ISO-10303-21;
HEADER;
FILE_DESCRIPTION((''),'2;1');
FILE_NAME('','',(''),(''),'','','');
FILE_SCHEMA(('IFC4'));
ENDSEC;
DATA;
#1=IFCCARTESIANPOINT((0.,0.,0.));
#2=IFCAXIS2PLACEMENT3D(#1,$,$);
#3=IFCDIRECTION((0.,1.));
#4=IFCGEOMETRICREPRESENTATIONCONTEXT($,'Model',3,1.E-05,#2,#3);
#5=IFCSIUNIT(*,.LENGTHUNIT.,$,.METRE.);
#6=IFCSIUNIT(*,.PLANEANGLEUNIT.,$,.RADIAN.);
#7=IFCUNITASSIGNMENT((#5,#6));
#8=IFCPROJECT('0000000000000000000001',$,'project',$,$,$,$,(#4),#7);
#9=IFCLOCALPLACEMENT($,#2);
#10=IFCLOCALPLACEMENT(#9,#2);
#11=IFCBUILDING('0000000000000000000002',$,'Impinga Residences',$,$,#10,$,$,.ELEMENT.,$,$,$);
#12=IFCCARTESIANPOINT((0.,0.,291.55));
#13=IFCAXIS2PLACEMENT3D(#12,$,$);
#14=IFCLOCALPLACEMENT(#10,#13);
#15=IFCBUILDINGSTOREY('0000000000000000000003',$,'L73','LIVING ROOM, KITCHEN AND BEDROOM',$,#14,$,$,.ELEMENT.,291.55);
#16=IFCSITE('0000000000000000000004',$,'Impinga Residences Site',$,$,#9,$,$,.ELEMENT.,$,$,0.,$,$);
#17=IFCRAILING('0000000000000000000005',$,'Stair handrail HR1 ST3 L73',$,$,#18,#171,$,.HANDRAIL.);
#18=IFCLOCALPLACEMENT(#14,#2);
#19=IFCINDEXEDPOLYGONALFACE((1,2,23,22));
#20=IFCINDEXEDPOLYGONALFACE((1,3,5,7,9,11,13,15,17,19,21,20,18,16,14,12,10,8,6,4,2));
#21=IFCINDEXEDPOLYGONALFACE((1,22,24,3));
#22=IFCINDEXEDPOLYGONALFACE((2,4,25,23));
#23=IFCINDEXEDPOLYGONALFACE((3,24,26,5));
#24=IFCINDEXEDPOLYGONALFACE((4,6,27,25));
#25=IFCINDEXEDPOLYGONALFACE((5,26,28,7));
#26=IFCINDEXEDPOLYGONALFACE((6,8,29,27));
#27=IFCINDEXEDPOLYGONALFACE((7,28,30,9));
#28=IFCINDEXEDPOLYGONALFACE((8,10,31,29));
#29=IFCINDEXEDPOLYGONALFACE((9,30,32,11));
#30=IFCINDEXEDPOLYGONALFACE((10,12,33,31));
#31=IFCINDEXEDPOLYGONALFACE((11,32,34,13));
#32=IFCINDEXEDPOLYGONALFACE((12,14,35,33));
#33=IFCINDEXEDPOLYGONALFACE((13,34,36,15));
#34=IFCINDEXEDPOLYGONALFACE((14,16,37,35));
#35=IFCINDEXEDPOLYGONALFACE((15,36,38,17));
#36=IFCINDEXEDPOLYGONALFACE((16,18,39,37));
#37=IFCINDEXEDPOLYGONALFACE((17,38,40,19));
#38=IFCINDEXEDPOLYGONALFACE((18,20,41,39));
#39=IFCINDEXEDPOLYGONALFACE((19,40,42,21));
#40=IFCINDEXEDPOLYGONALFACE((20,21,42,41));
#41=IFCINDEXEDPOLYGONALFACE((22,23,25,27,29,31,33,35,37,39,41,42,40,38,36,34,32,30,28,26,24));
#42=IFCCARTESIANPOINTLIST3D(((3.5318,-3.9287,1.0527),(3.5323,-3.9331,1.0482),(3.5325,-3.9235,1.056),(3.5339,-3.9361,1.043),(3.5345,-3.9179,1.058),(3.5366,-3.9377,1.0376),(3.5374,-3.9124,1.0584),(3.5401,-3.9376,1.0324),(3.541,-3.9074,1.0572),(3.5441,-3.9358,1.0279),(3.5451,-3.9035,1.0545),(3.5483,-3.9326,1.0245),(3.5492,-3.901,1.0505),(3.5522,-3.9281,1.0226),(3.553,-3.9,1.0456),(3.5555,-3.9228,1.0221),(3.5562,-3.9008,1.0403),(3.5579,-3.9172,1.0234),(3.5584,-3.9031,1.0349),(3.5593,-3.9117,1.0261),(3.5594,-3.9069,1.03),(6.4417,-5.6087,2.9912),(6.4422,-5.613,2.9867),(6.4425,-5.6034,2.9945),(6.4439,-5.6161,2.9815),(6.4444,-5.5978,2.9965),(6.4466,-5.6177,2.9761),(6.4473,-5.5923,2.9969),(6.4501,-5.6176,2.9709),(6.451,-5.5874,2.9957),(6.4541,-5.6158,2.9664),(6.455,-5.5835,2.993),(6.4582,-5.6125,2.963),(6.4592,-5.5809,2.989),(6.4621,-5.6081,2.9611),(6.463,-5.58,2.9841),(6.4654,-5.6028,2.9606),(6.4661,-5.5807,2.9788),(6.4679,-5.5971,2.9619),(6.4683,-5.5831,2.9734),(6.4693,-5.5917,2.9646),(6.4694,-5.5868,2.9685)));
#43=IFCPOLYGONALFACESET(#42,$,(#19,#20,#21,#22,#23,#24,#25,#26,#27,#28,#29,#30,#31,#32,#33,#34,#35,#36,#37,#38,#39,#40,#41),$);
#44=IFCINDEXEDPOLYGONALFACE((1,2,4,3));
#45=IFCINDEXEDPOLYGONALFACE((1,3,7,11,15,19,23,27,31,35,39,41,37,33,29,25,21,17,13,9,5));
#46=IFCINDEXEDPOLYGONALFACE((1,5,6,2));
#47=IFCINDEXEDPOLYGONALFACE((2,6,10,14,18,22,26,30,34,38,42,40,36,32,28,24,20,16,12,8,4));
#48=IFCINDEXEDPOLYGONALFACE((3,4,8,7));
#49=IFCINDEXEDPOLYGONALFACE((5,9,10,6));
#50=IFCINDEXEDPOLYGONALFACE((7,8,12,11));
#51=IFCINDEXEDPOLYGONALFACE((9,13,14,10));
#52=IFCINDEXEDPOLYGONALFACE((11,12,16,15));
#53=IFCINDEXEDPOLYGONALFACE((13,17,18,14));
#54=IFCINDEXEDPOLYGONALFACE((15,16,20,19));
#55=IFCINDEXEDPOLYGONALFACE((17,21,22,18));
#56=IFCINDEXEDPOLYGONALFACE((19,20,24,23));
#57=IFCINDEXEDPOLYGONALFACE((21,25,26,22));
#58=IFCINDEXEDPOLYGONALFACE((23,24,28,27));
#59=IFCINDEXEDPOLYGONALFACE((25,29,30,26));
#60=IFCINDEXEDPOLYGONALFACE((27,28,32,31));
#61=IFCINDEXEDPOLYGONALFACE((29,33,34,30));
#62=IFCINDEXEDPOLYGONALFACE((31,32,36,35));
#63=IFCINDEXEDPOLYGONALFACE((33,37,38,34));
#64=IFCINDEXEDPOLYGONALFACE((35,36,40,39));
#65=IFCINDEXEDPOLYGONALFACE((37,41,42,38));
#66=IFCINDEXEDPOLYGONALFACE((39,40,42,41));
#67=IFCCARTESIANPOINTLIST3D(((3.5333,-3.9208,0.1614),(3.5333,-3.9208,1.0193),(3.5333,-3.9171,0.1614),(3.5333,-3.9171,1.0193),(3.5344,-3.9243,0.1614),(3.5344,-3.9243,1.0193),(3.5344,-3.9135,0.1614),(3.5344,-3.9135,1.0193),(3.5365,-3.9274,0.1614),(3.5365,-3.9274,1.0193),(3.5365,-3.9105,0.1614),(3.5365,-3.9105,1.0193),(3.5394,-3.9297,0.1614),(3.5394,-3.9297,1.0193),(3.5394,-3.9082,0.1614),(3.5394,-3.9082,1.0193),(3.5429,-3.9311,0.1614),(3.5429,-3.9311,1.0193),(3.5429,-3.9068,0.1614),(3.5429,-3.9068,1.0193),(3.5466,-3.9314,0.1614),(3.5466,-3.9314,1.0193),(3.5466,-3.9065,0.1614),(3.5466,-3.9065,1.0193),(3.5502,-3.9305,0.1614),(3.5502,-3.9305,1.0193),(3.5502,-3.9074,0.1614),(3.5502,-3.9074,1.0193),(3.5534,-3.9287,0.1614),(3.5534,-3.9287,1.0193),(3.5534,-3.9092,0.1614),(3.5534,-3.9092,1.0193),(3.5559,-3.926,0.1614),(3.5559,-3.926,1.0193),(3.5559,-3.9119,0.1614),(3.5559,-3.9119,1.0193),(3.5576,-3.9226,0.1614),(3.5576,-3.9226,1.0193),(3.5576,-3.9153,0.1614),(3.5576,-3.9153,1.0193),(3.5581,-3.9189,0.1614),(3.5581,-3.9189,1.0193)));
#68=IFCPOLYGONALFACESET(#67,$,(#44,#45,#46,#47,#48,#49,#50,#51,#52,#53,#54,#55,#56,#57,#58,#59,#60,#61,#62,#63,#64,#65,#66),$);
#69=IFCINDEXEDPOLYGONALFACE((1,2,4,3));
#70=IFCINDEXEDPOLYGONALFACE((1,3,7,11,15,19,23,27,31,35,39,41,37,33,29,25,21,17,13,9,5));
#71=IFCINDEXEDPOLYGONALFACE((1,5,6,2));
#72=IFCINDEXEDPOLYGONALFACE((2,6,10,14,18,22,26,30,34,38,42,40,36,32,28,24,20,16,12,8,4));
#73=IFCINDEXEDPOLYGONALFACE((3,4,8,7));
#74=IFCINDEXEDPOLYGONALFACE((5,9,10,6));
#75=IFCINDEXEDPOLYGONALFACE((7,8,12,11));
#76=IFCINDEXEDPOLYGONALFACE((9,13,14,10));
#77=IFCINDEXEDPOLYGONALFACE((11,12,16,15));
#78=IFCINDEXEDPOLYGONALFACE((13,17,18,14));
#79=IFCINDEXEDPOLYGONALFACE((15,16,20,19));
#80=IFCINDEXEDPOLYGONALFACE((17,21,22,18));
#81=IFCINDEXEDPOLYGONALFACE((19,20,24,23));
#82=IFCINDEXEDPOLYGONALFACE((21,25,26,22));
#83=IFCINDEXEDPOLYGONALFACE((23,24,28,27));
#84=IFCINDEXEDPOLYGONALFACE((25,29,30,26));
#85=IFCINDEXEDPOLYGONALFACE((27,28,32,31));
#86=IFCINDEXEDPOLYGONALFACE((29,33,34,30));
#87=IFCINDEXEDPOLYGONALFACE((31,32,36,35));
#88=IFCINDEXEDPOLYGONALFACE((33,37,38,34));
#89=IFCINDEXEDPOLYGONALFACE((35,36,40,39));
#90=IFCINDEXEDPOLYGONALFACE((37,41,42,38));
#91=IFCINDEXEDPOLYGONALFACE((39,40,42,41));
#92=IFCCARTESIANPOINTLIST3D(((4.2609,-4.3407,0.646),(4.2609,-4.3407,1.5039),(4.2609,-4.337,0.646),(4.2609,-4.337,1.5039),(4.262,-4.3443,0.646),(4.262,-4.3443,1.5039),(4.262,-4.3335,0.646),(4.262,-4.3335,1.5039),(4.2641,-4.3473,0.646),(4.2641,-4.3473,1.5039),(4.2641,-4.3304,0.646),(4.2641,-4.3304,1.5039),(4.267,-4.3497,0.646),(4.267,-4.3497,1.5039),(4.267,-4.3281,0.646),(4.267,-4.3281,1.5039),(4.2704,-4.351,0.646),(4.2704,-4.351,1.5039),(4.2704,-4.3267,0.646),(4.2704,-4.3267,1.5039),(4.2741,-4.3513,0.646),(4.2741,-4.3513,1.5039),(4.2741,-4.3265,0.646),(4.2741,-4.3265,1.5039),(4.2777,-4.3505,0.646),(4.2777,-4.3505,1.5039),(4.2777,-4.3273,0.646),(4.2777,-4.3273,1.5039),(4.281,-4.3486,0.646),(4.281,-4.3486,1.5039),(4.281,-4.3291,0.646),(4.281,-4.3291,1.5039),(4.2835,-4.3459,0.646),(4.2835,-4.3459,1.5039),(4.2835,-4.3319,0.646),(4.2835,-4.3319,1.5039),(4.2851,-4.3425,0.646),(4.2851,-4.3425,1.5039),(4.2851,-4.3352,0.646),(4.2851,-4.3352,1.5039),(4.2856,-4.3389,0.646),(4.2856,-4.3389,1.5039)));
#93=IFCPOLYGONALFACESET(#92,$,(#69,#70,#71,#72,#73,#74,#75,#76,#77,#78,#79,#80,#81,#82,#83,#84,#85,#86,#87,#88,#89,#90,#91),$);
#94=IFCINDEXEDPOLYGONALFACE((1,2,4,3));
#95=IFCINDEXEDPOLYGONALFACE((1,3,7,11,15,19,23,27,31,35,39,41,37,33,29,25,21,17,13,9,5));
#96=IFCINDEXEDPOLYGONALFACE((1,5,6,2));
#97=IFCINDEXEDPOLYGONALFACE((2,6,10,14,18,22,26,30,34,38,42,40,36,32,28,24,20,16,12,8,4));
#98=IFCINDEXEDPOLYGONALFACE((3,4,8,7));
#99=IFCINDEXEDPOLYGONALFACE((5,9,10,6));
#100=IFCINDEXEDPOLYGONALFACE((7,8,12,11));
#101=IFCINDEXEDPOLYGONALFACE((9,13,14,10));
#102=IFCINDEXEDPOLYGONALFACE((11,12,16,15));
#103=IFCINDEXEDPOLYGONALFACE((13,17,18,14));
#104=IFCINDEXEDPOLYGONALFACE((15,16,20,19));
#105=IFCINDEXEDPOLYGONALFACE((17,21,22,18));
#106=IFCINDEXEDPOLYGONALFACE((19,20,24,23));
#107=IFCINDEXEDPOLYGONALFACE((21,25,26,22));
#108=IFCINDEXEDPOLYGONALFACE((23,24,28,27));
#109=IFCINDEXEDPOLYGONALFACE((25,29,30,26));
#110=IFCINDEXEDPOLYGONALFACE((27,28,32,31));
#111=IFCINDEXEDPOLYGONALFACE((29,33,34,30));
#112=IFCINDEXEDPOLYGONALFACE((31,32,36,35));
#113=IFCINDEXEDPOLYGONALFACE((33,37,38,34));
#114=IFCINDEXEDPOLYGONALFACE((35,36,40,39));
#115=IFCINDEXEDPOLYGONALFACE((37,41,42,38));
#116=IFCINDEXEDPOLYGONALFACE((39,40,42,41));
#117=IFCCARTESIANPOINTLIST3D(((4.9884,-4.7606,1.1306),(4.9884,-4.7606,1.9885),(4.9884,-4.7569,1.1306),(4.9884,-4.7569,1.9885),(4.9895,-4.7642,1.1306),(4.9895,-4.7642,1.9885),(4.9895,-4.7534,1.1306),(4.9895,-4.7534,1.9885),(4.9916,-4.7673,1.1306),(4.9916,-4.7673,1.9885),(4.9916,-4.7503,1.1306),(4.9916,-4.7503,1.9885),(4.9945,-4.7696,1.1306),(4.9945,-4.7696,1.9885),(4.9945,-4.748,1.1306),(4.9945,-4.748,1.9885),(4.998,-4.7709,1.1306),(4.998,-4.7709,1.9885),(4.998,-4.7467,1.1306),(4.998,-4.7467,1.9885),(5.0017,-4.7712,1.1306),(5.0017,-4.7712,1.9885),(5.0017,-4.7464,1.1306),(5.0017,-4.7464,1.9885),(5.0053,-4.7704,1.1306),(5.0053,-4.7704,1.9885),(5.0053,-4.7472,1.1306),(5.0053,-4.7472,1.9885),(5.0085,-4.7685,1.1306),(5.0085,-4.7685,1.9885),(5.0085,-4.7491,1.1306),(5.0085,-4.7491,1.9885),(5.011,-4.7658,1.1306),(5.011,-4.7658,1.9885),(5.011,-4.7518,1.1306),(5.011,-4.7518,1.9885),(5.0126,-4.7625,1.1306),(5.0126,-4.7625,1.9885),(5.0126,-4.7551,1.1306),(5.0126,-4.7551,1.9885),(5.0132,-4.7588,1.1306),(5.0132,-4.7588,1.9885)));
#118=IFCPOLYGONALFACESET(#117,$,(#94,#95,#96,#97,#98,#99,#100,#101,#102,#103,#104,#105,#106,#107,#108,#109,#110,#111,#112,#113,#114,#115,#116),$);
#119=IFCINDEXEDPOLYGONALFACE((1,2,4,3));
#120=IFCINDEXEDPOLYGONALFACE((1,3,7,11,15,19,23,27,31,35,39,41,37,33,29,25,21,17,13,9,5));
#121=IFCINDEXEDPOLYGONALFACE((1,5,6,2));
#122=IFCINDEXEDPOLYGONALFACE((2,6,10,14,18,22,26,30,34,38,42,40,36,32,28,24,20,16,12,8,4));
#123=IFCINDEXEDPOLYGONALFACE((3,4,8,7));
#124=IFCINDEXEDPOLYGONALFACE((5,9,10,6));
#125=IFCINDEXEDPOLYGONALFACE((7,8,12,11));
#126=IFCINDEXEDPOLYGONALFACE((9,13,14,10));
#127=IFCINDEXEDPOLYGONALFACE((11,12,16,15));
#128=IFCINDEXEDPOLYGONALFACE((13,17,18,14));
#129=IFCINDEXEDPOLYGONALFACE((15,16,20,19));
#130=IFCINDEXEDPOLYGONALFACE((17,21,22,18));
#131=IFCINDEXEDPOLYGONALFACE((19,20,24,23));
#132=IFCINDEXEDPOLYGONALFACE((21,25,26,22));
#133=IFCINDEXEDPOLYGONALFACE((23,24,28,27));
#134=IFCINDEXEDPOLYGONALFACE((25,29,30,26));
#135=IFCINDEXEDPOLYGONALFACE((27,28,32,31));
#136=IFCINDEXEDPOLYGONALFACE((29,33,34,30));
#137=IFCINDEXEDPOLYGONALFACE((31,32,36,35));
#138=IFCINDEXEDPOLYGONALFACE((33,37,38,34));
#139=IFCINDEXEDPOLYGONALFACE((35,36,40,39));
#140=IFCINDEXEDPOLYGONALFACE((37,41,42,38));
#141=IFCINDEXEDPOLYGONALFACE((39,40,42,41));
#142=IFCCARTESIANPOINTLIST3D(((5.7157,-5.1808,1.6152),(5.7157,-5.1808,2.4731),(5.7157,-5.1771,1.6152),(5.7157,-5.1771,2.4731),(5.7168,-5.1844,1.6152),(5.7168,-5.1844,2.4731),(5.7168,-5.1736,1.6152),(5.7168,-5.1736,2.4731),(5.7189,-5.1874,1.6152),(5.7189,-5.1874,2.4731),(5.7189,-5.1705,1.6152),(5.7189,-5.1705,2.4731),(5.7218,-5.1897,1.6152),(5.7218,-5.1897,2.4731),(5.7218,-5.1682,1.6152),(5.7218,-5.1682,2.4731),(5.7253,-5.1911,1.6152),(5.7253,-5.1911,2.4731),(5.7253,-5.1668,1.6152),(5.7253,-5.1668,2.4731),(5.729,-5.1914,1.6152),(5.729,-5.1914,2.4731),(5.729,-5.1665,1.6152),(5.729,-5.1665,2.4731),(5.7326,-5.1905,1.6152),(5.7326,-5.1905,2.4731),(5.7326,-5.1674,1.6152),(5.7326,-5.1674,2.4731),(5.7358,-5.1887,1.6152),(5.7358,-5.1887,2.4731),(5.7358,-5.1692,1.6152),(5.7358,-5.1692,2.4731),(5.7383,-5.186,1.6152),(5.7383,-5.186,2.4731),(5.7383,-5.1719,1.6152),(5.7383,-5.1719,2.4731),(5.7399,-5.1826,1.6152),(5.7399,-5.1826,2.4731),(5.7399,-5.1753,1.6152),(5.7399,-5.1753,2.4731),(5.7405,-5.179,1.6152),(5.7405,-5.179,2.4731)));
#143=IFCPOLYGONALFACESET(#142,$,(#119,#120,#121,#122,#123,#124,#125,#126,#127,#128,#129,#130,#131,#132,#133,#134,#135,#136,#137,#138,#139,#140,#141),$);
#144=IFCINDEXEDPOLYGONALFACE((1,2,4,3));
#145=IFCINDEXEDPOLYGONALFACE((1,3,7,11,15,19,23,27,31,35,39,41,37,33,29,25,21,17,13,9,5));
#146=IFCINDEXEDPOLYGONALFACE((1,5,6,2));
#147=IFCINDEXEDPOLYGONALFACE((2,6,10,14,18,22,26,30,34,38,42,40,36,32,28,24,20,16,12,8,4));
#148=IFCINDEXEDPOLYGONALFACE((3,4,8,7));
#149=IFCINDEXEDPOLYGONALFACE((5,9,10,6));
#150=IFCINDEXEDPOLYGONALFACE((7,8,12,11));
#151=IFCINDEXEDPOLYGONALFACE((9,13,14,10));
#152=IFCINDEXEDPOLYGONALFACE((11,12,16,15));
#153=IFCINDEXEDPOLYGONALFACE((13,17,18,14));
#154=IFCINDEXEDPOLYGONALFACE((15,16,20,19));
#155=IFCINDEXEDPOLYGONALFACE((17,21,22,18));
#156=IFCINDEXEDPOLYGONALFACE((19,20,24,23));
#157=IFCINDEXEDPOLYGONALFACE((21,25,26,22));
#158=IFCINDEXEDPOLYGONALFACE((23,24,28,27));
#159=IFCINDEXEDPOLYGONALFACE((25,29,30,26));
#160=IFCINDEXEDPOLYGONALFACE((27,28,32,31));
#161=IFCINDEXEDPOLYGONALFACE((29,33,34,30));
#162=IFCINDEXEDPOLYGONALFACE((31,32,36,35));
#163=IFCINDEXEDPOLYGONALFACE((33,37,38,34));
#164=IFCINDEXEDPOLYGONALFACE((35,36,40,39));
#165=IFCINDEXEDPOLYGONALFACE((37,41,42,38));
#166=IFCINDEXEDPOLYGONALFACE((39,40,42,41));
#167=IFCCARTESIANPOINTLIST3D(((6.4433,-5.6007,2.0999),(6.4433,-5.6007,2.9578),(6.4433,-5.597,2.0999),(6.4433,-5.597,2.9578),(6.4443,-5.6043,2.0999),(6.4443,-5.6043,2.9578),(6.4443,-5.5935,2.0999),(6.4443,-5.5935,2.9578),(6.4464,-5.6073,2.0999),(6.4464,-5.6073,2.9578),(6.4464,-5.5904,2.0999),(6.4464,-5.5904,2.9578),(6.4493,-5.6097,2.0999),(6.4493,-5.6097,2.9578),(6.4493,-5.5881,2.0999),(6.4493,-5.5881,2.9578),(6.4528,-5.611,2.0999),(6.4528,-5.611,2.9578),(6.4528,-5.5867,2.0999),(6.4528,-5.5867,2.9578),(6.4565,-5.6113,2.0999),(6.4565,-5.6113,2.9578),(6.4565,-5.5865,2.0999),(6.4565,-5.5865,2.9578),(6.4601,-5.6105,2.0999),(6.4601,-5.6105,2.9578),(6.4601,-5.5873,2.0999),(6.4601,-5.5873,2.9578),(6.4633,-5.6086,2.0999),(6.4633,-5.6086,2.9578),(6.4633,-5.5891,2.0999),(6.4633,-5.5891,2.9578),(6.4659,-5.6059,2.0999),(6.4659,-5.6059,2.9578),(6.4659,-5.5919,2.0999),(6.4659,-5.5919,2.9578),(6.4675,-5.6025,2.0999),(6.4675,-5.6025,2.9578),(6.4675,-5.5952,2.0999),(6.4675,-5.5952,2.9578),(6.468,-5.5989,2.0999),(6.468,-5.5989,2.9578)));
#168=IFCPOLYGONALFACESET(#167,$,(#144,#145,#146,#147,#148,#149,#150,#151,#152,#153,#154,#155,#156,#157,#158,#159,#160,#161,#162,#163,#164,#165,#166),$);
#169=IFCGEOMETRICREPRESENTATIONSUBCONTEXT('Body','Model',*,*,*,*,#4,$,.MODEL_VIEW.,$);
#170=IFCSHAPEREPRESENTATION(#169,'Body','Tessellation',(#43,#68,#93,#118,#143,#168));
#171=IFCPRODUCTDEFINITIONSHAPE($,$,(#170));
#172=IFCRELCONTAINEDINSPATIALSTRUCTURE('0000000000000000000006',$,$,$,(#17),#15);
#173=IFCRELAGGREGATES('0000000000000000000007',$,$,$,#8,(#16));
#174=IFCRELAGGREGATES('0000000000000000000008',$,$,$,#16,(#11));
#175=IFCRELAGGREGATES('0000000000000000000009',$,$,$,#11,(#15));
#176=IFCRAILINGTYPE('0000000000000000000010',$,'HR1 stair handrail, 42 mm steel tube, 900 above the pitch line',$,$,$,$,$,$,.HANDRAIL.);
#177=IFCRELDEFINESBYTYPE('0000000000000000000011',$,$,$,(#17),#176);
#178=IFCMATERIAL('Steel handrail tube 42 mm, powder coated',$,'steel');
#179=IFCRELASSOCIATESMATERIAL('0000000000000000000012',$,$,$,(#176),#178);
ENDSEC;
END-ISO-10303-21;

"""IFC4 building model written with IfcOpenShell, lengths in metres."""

from ifc_helpers import new_model, si_unit, direction, frame, origin, origin_2d, place, context, subcontext, project, spatial, circle, extrude, material, type_object, element, save


model = new_model("IFC4")

# Units and contexts
model_context = context("Model", 3, precision=1e-05, world=origin(), true_north=direction((0.0, 1.0)))
body_context = subcontext(model_context, "Body", "Model", "MODEL_VIEW")
ifc_project = project(units=[si_unit("LENGTHUNIT", "METRE"), si_unit("PLANEANGLEUNIT", "RADIAN")], contexts=[model_context])

# Site, building, storey
site_placement = place(None, origin())
site = spatial("IfcSite", under=ifc_project, at=site_placement, Name="Impinga Residences Site", CompositionType="ELEMENT", RefElevation=0.0)
building_placement = place(site_placement, origin())
building = spatial("IfcBuilding", under=site, at=building_placement, Name="Impinga Residences", CompositionType="ELEMENT")
storey_placement = place(building_placement, frame((0.0, 0.0, 291.55)))
storey = spatial("IfcBuildingStorey", under=building, at=storey_placement, Name="L73", Description="LIVING ROOM, KITCHEN AND BEDROOM", CompositionType="ELEMENT", Elevation=291.55)

# Railing
ifc_material_1 = material(Name="Steel handrail tube 42 mm, powder coated", Category="steel")
railing_type = type_object("IfcRailingType", Name="HR1 stair handrail, 42 mm steel tube, 900 above the pitch line", PredefinedType="HANDRAIL", material=ifc_material_1)
railing_placement = place(storey_placement, frame((3.5457, -3.9189, 0.1614)))
element("IfcRailing", 1, at=railing_placement, inside=storey, type_object=railing_type, Name="Stair handrail HR1 ST3 L73", PredefinedType="HANDRAIL", context=body_context, shape_type="SweptSolid", body=[
    extrude(circle(Radius=0.021, at=origin_2d()), frame((0.0, 0.0, 0.8789), z_axis=(0.750151, -0.433072, 0.499723), x_axis=(0.499976, 0.866039, 0.0)), (0.0, 0.0, 1.0), 3.8792),
    extrude(circle(Radius=0.0125, at=origin_2d()), origin(), (0.0, 0.0, 1.0), 0.8579),
    extrude(circle(Radius=0.0125, at=origin_2d()), frame((0.7275, -0.4199, 0.4846)), (0.0, 0.0, 1.0), 0.8579),
    extrude(circle(Radius=0.0125, at=origin_2d()), frame((1.4551, -0.8398, 0.9692)), (0.0, 0.0, 1.0), 0.8579),
    extrude(circle(Radius=0.0125, at=origin_2d()), frame((2.1824, -1.26, 1.4539)), (0.0, 0.0, 1.0), 0.8579),
    extrude(circle(Radius=0.0125, at=origin_2d()), frame((2.9099, -1.6799, 1.9385)), (0.0, 0.0, 1.0), 0.8579),
])

save(model, "model.ifc")
